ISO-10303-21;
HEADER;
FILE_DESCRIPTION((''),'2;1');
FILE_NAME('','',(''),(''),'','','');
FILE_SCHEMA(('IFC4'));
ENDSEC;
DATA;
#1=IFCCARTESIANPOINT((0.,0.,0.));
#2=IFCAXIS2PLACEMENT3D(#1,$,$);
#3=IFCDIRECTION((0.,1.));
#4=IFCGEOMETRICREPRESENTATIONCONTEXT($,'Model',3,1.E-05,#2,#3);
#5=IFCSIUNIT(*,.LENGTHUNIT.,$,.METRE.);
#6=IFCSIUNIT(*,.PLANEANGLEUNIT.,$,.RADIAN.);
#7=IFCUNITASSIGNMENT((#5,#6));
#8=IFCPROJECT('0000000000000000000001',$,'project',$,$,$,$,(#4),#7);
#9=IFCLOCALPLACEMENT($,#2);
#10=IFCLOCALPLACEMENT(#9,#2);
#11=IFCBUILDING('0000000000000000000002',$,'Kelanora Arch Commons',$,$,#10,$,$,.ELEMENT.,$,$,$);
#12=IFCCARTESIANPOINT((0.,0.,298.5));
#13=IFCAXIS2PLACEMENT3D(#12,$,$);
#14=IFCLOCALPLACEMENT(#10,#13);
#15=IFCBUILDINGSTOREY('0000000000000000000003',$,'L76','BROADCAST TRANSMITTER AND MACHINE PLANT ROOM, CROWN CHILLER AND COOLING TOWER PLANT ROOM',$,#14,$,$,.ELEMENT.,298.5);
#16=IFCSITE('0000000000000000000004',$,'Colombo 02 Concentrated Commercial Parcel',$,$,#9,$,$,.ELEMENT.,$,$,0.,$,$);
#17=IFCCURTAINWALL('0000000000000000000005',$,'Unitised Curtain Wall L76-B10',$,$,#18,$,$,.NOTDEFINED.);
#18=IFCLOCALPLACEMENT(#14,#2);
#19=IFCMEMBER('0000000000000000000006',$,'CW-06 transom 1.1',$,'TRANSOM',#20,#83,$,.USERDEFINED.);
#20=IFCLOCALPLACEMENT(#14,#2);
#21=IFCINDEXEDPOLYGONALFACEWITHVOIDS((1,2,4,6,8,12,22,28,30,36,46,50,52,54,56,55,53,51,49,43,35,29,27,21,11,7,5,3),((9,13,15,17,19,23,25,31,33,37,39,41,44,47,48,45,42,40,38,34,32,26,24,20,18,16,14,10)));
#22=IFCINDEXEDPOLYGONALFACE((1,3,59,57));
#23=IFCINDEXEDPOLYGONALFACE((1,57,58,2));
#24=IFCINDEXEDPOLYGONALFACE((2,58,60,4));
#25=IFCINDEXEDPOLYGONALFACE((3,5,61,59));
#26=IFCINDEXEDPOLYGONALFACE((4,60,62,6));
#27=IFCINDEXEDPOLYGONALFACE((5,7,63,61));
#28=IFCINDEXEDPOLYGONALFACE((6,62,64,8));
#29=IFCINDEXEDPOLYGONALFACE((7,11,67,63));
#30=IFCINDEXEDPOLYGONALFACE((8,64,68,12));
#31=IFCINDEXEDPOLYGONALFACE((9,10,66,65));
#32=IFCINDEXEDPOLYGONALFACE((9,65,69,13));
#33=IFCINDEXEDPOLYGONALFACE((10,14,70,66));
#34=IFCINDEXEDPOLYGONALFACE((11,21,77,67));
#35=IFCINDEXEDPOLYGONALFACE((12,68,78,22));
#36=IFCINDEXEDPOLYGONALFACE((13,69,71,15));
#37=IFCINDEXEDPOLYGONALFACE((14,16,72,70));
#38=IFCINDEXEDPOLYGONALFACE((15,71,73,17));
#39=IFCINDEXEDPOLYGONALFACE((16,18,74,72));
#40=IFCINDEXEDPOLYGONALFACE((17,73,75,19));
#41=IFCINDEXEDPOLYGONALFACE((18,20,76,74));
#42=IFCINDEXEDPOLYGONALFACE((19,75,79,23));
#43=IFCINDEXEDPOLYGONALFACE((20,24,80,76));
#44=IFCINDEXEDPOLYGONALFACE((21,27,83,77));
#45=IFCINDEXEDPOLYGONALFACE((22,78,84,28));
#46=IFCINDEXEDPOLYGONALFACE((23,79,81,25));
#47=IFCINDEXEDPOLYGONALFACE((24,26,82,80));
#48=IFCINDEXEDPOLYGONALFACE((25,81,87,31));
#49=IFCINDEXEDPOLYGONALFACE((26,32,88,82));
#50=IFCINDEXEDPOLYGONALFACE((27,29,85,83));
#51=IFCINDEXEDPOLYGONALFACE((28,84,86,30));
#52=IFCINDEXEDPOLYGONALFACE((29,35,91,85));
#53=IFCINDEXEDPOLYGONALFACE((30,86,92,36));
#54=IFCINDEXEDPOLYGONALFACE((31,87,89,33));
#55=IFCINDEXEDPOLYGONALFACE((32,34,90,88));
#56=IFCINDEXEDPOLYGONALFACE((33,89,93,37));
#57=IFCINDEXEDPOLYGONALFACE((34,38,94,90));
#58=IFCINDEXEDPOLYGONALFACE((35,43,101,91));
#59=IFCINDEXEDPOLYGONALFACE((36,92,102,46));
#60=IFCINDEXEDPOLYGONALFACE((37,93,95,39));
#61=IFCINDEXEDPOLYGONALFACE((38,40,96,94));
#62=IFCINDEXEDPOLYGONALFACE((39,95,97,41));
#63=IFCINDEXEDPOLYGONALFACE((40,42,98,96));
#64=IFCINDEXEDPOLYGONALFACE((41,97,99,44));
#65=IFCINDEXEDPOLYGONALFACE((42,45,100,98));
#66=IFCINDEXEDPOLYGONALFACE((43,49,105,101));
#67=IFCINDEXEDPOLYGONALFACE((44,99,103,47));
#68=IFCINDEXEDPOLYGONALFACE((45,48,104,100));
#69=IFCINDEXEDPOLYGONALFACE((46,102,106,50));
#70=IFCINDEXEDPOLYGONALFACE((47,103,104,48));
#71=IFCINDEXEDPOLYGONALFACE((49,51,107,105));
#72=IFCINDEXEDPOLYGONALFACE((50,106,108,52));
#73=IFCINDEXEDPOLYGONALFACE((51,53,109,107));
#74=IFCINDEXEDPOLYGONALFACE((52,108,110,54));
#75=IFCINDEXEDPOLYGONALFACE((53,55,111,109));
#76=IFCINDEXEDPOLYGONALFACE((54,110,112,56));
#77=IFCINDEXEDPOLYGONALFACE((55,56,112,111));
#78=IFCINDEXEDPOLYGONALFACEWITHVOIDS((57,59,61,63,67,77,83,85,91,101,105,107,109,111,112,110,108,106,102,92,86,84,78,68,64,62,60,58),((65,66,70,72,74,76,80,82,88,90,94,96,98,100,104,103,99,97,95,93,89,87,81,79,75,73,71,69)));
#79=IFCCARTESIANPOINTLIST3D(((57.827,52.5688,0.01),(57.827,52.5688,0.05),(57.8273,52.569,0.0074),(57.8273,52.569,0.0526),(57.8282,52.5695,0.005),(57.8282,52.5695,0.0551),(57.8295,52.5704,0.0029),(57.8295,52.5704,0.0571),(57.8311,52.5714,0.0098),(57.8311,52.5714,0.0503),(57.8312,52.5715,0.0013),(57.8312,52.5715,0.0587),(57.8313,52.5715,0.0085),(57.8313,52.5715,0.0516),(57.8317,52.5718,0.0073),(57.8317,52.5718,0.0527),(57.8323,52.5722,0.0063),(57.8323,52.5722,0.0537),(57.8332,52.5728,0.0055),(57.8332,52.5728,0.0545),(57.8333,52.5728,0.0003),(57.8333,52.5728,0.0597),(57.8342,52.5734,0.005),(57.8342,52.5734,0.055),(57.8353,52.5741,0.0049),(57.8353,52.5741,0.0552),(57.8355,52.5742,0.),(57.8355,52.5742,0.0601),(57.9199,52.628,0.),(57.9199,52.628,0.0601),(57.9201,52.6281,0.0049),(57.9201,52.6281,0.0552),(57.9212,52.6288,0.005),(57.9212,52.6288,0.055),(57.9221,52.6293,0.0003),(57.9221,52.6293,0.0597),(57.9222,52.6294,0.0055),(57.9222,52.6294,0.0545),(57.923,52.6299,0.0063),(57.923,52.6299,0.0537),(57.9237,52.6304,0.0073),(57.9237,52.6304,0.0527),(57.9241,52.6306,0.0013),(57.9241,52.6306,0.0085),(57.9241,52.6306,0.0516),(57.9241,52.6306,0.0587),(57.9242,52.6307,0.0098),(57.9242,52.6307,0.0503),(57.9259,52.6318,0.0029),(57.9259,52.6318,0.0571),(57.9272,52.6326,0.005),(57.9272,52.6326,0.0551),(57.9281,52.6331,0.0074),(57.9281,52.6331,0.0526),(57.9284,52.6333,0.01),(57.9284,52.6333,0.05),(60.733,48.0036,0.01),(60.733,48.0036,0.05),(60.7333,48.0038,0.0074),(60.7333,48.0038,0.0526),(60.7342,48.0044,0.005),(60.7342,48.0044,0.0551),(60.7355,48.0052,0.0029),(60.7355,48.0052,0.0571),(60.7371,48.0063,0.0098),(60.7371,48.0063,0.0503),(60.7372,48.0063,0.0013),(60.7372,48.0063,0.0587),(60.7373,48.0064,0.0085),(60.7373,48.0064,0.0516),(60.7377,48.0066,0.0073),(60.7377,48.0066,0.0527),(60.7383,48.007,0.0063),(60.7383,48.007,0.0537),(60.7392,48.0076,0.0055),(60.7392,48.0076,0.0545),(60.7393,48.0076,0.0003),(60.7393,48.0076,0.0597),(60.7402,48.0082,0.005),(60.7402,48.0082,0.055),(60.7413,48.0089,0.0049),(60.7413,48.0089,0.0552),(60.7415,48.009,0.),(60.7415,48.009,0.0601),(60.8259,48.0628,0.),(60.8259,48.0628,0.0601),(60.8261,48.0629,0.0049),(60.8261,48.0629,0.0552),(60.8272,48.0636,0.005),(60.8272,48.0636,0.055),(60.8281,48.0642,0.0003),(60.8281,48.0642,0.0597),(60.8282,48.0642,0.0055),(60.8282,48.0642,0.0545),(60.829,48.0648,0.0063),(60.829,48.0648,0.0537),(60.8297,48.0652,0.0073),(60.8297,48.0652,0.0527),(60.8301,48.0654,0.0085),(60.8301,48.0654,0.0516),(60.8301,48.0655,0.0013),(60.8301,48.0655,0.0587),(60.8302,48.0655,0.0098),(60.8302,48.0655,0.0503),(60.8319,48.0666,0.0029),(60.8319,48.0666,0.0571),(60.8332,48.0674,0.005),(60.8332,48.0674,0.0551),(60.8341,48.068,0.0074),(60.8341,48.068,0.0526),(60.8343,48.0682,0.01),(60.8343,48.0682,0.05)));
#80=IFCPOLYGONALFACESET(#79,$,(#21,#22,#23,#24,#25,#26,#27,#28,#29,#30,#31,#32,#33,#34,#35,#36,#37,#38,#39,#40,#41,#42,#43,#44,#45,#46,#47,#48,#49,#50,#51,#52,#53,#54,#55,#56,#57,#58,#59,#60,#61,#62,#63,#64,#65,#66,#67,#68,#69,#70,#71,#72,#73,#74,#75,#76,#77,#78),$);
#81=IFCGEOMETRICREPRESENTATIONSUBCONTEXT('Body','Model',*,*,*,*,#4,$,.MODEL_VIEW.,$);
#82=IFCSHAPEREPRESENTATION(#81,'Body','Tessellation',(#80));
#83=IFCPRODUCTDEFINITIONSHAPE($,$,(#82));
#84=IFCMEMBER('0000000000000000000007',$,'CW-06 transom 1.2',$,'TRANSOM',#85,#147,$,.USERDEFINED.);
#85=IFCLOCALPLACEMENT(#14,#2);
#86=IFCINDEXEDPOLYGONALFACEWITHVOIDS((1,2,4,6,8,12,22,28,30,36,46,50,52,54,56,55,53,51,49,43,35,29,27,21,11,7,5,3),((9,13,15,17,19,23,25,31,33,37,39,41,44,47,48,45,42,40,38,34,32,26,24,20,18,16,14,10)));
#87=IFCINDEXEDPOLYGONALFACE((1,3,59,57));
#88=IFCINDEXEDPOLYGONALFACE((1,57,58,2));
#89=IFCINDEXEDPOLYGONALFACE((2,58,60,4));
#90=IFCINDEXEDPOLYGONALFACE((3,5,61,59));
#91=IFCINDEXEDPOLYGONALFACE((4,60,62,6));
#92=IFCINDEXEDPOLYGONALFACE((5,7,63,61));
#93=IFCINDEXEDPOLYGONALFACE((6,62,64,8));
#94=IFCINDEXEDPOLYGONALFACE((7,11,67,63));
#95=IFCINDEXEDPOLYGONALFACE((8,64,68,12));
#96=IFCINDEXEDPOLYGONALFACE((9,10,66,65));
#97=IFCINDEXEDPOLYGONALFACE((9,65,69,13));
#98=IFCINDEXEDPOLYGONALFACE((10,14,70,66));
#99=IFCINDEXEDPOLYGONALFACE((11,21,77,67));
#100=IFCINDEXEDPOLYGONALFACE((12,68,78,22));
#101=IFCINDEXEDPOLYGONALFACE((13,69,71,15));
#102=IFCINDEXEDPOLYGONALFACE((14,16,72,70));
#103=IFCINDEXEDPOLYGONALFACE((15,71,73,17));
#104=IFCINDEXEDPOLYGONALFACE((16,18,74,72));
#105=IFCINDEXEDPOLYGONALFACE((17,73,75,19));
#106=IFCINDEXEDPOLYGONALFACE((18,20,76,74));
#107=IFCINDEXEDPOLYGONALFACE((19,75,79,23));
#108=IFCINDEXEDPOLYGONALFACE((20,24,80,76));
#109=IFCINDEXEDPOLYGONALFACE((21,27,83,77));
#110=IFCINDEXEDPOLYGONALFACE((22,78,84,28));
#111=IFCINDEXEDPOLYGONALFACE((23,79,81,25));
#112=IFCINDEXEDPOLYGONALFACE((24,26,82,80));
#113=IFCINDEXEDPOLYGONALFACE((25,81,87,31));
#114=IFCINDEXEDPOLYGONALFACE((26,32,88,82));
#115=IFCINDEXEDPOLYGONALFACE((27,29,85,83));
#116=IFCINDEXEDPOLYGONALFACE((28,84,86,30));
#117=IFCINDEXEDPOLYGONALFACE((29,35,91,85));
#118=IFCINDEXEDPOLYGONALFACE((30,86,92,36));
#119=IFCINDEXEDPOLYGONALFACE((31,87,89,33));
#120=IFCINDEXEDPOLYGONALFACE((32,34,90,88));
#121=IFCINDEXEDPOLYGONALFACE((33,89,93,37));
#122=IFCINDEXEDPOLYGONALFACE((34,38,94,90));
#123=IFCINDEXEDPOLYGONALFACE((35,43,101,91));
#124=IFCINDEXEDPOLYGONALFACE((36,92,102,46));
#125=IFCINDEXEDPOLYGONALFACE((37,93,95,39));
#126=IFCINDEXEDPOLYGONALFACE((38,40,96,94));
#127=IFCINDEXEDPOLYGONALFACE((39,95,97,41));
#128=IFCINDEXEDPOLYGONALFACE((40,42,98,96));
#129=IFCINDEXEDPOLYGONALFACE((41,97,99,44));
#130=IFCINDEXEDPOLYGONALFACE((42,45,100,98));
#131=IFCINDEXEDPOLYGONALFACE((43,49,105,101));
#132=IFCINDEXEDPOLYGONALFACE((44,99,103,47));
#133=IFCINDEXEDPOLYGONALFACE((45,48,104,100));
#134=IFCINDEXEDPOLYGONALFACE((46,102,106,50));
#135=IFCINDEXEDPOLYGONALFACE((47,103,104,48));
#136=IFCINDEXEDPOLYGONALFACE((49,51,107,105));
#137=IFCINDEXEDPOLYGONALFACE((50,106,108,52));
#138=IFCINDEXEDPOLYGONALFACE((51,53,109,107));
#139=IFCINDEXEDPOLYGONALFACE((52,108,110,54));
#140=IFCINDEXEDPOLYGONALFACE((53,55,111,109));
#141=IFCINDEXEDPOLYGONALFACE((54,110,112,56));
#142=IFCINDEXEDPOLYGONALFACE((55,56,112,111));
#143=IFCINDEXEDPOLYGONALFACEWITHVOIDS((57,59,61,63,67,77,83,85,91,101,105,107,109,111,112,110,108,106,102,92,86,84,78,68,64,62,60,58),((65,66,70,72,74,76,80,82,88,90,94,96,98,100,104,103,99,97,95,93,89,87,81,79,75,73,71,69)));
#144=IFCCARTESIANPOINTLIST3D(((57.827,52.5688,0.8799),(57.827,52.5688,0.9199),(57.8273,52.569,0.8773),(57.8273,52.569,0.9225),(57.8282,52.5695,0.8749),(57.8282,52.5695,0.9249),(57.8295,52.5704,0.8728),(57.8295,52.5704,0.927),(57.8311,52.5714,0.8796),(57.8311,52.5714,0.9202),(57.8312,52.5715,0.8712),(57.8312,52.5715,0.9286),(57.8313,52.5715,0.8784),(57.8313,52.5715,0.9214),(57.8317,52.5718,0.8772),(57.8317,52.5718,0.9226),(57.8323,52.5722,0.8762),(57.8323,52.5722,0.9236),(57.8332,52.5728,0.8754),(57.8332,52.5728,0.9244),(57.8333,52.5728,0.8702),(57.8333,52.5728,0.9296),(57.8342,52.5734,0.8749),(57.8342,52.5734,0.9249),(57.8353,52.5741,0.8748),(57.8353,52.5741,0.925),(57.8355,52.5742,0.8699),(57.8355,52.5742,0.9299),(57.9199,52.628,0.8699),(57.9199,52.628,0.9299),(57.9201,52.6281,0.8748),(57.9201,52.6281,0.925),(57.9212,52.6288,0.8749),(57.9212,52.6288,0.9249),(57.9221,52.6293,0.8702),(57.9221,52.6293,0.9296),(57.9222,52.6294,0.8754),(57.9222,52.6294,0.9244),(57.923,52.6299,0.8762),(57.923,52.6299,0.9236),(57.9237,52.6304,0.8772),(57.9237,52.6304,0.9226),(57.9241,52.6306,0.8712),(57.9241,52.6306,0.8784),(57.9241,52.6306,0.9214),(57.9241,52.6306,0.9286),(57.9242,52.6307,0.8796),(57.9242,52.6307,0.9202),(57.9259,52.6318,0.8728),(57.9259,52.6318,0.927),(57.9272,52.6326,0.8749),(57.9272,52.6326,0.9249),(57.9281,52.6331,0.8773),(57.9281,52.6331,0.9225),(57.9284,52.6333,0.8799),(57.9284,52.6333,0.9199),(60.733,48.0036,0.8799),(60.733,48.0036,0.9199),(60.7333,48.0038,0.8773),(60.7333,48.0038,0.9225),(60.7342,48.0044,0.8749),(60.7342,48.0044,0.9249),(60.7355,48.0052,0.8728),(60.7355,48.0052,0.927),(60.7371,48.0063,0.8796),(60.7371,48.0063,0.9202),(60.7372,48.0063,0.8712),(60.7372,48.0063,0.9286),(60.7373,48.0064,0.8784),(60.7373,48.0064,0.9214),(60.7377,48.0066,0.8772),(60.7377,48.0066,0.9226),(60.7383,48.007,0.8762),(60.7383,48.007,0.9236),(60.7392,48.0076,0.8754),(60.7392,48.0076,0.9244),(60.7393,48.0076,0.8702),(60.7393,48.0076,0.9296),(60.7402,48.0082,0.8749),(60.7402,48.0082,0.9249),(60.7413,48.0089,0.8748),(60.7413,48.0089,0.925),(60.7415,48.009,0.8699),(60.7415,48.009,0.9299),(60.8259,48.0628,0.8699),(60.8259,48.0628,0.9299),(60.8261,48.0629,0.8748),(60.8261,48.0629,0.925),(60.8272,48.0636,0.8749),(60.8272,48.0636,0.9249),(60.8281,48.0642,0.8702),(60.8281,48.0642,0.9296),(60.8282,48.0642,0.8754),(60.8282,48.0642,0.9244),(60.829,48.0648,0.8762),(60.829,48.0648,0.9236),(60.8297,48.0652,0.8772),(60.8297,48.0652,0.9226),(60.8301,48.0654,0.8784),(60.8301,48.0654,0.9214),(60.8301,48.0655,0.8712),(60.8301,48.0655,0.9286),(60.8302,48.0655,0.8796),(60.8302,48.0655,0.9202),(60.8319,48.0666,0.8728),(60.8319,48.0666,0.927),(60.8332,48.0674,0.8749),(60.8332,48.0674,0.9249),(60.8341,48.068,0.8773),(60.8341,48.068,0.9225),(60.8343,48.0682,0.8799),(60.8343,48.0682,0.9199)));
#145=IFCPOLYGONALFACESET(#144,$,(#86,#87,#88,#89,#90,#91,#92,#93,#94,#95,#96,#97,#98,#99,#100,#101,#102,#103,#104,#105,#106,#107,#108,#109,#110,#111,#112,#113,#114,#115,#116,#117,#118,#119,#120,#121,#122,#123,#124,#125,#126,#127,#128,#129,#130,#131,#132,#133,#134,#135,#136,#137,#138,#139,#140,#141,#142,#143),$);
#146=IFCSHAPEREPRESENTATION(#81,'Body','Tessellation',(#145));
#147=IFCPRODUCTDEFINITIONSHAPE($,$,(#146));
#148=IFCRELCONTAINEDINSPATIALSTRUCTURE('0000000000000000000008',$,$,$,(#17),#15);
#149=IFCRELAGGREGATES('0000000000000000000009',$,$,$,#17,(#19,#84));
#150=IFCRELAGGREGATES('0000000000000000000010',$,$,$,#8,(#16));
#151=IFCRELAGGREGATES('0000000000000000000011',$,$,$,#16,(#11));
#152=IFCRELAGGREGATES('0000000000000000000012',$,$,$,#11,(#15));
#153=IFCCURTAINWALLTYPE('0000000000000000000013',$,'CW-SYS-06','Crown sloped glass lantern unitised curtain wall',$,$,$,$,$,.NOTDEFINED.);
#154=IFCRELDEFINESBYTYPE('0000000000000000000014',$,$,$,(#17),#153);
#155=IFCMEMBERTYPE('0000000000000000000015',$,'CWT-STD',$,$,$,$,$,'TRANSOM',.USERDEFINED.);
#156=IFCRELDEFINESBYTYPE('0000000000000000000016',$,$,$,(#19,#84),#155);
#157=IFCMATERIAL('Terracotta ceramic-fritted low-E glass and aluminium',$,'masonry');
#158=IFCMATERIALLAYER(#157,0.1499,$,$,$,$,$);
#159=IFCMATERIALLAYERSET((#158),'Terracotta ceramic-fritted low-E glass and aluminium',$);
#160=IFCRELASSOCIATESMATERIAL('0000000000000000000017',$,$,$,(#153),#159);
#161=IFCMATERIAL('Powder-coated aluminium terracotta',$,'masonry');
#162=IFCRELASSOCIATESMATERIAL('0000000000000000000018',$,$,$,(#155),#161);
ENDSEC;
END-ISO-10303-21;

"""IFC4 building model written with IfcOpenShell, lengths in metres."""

from ifc_helpers import new_model, si_unit, direction, frame, origin, origin_2d, place, context, subcontext, project, spatial, hollow_rectangle, extrude, material, layer, layer_set, material_profile, profile_set, type_object, element, aggregate, save


model = new_model("IFC4")

# Units and contexts
model_context = context("Model", 3, precision=1e-05, world=origin(), true_north=direction((0.0, 1.0)))
body_context = subcontext(model_context, "Body", "Model", "MODEL_VIEW")
ifc_project = project(units=[si_unit("LENGTHUNIT", "METRE"), si_unit("PLANEANGLEUNIT", "RADIAN")], contexts=[model_context])

# Site, building, storey
site_placement = place(None, origin())
site = spatial("IfcSite", under=ifc_project, at=site_placement, Name="Colombo 02 Concentrated Commercial Parcel", CompositionType="ELEMENT", RefElevation=0.0)
building_placement = place(site_placement, origin())
building = spatial("IfcBuilding", under=site, at=building_placement, Name="Kelanora Arch Commons", CompositionType="ELEMENT")
storey_placement = place(building_placement, frame((0.0, 0.0, 298.5)))
storey = spatial("IfcBuildingStorey", under=building, at=storey_placement, Name="L76", Description="BROADCAST TRANSMITTER AND MACHINE PLANT ROOM, CROWN CHILLER AND COOLING TOWER PLANT ROOM", CompositionType="ELEMENT", Elevation=298.5)

# Shared definitions
ifc_material_1 = material(Name="Terracotta ceramic-fritted low-E glass and aluminium", Category="masonry")
ifc_layer_1 = layer(ifc_material_1, 0.1499)
ifc_layer_set_1 = layer_set([ifc_layer_1], Name="Terracotta ceramic-fritted low-E glass and aluminium")
curtain_wall_type = type_object("IfcCurtainWallType", Name="CW-SYS-06", Description="Crown sloped glass lantern unitised curtain wall", PredefinedType="NOTDEFINED", material=ifc_layer_set_1)
ifc_material_2 = material(Name="Powder-coated aluminium terracotta", Category="masonry")

# Curtain wall
curtain_wall_1_placement = place(storey_placement, origin())
curtain_wall_1 = element("IfcCurtainWall", 1, at=curtain_wall_1_placement, inside=storey, type_object=curtain_wall_type, Name="Unitised Curtain Wall L76-B10", PredefinedType="NOTDEFINED")

# Members
ifc_material_profile_1 = material_profile(ifc_material_2, hollow_rectangle(XDim=0.1201, YDim=0.0601, WallThickness=0.0049, InnerFilletRadius=0.0049, OuterFilletRadius=0.01, at=origin_2d()), Name="CWT120x60")
ifc_profile_set_1 = profile_set([ifc_material_profile_1], Name="Powder-coated aluminium terracotta")
member_type_1 = type_object("IfcMemberType", Name="CWT-STD", ElementType="TRANSOM", PredefinedType="USERDEFINED", material=ifc_profile_set_1)
member_1_placement = place(storey_placement, frame((57.8777, 52.6011, 0.03), z_axis=(0.536992, -0.843587, 0.0), x_axis=(0.843587, 0.536992, 0.0)))
member_1 = element("IfcMember", 2, at=member_1_placement, type_object=member_type_1, Name="CW-06 transom 1.1", ObjectType="TRANSOM", PredefinedType="USERDEFINED", context=body_context, shape_type="SweptSolid", body=[
    extrude(hollow_rectangle(XDim=0.1201, YDim=0.0601, WallThickness=0.0049, InnerFilletRadius=0.0049, OuterFilletRadius=0.01, at=origin_2d()), origin(), (0.0, 0.0, 1.0), 5.4116),
])
member_2_placement = place(storey_placement, frame((57.8777, 52.6011, 0.8999), z_axis=(0.536992, -0.843587, 0.0), x_axis=(0.843587, 0.536992, 0.0)))
member_2 = element("IfcMember", 3, at=member_2_placement, type_object=member_type_1, Name="CW-06 transom 1.2", ObjectType="TRANSOM", PredefinedType="USERDEFINED", context=body_context, shape_type="SweptSolid", body=[
    extrude(hollow_rectangle(XDim=0.1201, YDim=0.0601, WallThickness=0.0049, InnerFilletRadius=0.0049, OuterFilletRadius=0.01, at=origin_2d()), origin(), (0.0, 0.0, 1.0), 5.4116),
])
aggregate(curtain_wall_1, [member_1, member_2])

save(model, "model.ifc")
